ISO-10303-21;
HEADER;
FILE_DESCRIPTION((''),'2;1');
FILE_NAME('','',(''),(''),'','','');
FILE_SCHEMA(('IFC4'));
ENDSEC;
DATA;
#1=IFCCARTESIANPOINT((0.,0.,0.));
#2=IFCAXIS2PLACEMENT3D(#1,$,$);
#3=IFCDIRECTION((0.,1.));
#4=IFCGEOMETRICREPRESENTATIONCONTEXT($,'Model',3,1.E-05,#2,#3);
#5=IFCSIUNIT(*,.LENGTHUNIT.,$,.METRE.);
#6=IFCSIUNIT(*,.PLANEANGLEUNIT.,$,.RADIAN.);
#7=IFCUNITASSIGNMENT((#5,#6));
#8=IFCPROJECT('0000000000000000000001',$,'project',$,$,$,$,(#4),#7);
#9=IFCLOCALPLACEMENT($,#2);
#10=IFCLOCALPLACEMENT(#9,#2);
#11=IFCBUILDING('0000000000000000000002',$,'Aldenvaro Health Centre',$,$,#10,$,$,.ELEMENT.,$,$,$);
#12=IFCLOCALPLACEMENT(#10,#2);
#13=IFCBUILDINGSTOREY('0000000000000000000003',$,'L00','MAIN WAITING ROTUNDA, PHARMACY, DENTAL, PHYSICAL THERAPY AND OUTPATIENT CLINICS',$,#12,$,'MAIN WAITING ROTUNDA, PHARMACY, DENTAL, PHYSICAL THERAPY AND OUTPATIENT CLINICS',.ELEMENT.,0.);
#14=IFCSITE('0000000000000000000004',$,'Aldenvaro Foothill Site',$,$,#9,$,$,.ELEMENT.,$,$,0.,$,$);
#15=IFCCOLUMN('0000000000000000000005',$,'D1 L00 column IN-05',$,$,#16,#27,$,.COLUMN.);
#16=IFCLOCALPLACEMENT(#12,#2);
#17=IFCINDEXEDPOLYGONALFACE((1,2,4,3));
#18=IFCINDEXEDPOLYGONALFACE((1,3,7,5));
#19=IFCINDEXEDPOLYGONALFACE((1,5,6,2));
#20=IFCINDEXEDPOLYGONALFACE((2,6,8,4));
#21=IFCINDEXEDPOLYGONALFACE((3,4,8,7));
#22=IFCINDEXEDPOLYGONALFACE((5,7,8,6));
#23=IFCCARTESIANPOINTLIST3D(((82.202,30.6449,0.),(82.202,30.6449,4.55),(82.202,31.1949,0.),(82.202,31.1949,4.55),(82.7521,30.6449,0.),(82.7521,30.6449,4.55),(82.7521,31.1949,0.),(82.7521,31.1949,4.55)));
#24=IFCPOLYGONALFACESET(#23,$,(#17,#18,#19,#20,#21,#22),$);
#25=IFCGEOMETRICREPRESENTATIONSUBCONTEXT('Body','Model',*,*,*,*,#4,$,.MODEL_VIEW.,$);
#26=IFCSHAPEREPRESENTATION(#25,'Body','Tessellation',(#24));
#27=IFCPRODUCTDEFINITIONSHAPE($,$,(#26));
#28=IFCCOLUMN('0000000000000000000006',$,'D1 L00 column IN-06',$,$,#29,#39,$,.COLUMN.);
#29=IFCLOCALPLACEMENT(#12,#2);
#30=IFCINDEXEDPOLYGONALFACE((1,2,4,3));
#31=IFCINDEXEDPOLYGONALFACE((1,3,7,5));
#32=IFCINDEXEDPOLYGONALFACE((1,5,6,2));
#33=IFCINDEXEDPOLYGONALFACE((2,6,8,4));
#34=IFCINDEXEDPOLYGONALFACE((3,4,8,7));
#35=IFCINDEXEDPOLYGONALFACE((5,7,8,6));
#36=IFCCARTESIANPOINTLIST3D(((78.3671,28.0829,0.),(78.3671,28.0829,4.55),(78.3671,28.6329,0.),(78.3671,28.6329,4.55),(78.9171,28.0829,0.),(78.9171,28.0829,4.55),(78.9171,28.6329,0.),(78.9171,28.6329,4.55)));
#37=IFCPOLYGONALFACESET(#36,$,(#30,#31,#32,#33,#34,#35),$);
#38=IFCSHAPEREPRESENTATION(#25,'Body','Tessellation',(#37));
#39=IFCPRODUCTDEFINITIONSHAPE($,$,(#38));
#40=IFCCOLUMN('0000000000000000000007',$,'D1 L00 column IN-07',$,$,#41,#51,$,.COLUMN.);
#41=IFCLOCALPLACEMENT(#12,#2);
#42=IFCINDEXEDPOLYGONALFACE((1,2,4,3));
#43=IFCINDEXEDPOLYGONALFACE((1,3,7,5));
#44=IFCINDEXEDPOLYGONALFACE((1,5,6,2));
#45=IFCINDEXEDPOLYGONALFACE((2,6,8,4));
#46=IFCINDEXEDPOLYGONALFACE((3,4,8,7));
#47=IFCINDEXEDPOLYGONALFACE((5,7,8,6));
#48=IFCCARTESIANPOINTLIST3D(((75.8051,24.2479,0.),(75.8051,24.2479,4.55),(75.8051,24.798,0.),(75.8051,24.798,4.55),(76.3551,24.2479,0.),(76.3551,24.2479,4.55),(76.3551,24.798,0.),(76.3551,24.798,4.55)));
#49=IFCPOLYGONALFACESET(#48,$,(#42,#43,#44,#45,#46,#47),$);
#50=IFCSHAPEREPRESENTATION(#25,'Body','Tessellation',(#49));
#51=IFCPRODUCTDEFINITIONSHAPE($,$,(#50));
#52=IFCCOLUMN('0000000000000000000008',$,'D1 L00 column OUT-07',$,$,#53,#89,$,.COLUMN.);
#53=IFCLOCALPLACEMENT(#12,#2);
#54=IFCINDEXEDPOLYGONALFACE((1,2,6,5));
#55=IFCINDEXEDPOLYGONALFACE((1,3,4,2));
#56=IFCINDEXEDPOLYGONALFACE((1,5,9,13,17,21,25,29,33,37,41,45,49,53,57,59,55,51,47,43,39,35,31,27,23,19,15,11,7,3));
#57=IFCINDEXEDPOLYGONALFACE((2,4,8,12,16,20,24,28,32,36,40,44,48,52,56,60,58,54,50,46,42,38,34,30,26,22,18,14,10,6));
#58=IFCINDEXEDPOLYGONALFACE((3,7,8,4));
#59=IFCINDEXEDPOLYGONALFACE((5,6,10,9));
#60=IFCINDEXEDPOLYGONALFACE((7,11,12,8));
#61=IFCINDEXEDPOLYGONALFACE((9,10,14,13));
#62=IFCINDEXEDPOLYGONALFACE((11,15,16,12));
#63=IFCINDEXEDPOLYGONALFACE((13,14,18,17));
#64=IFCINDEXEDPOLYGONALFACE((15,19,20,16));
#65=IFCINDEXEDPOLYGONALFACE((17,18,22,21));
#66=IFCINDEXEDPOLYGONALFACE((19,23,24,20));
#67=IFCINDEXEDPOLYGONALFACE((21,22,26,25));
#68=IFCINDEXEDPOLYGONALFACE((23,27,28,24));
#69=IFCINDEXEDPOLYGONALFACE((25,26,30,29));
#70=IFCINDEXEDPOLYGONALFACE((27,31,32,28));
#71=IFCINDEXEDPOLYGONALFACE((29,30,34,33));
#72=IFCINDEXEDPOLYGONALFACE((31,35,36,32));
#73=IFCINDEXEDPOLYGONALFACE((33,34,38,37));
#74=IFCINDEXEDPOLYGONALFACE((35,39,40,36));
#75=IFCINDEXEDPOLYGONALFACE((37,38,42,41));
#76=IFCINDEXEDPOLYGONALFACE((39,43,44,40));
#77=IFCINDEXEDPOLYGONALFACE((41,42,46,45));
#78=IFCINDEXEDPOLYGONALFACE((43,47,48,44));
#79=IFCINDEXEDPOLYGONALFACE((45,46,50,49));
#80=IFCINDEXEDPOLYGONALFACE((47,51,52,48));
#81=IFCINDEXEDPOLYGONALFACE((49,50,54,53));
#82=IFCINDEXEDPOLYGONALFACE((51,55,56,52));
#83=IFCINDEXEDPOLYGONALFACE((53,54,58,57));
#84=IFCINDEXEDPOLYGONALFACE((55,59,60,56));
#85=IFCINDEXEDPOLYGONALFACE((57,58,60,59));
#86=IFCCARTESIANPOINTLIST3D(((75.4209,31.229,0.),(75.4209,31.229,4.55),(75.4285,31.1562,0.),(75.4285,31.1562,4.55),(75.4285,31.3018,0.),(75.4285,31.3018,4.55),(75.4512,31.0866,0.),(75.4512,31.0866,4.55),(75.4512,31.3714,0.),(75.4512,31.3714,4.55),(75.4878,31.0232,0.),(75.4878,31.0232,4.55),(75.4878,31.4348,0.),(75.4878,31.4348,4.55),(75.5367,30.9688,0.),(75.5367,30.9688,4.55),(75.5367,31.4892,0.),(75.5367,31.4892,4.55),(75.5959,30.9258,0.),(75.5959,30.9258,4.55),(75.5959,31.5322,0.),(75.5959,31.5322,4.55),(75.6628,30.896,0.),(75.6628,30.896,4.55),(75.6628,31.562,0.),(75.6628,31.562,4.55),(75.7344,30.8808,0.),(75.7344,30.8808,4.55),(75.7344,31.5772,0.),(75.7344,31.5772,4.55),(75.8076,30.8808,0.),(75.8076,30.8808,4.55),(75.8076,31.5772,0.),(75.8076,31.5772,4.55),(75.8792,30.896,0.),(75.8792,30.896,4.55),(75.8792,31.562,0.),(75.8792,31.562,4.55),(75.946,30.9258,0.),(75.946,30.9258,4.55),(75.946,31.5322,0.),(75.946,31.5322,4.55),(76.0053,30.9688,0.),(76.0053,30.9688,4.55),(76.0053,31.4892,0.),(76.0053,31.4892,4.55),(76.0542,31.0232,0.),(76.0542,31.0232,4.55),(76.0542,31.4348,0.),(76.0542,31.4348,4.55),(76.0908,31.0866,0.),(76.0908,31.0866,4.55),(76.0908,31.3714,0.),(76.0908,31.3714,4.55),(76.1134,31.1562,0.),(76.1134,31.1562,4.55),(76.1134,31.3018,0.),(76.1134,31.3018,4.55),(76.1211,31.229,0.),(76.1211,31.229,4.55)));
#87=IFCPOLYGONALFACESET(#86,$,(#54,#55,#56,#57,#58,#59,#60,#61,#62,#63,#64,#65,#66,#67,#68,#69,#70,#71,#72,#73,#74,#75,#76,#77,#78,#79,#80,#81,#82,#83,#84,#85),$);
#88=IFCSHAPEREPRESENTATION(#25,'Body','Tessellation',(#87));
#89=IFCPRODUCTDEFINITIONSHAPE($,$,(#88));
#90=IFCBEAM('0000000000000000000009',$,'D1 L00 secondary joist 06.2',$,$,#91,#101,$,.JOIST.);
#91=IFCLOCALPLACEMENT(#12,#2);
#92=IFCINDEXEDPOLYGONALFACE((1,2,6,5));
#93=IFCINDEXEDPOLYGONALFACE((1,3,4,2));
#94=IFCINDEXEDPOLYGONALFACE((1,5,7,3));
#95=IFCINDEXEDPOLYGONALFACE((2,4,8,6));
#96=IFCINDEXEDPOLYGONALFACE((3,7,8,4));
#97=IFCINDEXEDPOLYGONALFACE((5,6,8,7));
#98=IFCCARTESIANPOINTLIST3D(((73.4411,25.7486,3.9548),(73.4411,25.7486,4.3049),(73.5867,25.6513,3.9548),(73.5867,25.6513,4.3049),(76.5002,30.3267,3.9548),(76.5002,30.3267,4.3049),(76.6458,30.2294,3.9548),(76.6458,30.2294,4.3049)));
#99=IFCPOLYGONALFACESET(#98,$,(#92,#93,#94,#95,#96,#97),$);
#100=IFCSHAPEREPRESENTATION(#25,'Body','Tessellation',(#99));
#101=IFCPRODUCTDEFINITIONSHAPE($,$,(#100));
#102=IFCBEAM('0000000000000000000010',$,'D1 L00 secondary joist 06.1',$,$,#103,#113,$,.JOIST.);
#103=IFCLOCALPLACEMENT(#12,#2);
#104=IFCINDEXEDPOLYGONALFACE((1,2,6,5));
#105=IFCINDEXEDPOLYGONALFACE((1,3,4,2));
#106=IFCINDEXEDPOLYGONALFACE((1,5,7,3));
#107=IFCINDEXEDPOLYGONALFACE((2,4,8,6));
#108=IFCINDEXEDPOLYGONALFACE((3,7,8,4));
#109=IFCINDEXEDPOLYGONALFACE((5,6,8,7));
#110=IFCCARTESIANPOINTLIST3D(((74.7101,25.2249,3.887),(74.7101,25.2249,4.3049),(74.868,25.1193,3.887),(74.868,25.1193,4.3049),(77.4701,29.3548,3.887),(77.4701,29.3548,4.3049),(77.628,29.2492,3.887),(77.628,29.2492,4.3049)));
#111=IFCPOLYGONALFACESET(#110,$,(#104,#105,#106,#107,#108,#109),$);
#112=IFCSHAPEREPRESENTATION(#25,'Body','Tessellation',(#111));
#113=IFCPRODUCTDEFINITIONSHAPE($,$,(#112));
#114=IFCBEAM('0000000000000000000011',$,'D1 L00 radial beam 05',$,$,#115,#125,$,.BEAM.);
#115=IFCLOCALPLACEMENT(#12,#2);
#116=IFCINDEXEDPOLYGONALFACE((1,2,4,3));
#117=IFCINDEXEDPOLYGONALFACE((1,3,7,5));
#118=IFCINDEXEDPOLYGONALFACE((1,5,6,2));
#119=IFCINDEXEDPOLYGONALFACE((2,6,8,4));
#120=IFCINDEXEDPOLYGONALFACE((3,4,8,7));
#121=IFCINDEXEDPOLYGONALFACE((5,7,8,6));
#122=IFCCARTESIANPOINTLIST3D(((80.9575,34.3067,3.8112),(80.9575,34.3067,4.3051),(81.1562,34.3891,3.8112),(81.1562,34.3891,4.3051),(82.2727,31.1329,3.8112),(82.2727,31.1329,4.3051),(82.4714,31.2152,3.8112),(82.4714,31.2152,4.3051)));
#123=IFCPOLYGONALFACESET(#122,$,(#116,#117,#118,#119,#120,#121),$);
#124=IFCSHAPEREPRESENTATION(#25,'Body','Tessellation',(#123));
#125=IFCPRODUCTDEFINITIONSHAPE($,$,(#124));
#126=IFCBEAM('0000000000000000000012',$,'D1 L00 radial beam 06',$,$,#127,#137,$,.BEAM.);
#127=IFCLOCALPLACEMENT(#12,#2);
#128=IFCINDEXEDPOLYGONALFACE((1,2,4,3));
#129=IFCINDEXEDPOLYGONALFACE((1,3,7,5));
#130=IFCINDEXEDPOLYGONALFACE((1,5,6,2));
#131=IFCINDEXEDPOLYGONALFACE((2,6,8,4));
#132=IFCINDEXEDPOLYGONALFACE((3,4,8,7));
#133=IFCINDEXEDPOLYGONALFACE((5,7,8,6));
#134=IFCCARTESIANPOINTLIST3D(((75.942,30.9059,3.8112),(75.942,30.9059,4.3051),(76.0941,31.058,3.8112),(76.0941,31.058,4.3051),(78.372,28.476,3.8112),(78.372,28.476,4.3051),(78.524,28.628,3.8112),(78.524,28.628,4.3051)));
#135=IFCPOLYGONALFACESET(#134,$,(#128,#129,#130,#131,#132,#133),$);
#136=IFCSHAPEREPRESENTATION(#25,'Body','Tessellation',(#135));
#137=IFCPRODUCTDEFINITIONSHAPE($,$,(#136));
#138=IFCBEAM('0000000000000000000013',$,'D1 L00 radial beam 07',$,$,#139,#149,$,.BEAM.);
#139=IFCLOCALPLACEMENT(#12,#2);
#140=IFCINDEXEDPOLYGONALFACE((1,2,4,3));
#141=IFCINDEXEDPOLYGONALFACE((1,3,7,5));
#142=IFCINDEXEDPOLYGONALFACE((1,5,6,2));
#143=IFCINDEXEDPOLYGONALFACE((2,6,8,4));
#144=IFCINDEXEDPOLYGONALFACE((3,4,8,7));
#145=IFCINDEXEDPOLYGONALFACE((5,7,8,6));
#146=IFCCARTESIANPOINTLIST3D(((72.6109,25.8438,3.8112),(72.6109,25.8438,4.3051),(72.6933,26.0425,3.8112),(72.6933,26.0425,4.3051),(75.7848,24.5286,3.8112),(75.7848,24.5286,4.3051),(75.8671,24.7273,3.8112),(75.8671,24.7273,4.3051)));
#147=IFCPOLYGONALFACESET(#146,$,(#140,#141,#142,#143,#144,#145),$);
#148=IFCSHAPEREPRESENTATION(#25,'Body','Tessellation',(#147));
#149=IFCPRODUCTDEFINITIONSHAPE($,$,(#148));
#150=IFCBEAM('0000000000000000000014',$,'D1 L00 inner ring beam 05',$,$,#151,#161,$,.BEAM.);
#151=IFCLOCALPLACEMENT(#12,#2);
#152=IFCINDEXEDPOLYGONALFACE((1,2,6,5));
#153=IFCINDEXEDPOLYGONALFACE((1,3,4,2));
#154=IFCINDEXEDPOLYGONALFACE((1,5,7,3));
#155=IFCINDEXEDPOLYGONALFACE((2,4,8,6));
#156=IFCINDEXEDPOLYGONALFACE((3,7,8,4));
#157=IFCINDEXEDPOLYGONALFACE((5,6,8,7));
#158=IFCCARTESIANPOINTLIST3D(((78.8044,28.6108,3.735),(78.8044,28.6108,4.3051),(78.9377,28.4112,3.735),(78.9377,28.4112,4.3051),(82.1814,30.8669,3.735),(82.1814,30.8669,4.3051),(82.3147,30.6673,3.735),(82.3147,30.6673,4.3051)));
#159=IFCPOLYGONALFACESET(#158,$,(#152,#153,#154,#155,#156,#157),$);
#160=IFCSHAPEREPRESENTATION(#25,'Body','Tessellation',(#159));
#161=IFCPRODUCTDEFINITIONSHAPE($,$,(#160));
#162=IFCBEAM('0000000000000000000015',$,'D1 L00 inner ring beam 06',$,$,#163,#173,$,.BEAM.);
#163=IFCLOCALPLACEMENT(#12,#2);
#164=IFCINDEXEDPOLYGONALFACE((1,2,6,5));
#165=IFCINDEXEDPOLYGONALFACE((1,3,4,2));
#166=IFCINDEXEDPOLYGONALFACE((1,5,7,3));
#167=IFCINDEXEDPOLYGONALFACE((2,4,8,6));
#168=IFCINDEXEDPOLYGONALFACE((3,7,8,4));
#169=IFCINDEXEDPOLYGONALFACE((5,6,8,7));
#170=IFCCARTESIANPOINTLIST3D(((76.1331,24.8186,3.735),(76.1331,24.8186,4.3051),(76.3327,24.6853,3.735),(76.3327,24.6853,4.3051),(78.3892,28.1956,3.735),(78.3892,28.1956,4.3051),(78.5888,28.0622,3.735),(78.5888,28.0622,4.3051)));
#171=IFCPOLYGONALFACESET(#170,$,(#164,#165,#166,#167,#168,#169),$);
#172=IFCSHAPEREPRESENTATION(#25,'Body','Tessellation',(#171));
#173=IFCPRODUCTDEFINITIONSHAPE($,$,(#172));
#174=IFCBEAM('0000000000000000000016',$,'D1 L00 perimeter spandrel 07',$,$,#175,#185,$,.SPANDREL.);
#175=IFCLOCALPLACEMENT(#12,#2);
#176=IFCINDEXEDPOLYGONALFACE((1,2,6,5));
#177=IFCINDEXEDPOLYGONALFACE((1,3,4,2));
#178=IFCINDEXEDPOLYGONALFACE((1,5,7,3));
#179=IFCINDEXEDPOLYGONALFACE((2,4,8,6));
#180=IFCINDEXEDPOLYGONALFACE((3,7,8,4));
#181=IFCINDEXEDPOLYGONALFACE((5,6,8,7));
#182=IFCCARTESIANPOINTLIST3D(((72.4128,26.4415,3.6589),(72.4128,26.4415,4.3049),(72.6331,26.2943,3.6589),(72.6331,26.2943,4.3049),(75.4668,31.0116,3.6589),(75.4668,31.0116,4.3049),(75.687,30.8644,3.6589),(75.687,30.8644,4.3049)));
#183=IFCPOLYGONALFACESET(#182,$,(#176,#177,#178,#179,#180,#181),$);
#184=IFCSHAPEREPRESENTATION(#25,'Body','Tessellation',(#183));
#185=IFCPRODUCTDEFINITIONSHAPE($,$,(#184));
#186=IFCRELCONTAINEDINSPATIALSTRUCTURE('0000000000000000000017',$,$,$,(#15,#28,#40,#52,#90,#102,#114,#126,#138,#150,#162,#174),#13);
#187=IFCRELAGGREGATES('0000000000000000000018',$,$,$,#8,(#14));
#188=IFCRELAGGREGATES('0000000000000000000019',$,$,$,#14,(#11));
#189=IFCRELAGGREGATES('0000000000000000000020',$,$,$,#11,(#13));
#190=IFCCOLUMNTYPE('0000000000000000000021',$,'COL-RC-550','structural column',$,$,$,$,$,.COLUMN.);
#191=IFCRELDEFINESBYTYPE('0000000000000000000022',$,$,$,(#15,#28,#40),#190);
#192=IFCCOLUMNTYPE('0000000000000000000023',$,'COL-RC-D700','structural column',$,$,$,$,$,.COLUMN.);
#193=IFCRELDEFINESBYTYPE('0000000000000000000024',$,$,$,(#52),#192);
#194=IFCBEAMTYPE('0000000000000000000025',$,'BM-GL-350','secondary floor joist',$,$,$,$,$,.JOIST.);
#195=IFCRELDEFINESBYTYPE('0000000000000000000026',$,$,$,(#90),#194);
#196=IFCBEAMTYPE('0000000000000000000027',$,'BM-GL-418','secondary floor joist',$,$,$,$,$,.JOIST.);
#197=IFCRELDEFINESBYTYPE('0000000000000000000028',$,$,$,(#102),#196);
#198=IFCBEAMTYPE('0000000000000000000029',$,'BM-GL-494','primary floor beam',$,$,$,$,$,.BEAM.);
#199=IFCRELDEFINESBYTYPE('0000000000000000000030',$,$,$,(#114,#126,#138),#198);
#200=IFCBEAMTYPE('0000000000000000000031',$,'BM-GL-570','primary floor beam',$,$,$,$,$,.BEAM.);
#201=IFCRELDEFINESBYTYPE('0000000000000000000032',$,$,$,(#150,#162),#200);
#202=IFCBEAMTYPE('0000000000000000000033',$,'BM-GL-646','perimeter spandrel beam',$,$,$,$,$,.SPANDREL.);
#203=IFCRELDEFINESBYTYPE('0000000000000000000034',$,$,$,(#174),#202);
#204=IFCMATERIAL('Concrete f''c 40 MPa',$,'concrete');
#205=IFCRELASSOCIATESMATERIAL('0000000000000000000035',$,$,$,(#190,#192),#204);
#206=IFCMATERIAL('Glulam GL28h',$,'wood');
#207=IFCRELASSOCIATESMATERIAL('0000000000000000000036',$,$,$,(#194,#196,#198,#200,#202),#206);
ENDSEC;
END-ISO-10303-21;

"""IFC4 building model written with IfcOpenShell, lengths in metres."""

from ifc_helpers import new_model, si_unit, direction, frame, origin, origin_2d, place, context, subcontext, project, spatial, rectangle, circle, extrude, material, material_profile, profile_set, type_object, element, save


model = new_model("IFC4")

# Units and contexts
model_context = context("Model", 3, precision=1e-05, world=origin(), true_north=direction((0.0, 1.0)))
body_context = subcontext(model_context, "Body", "Model", "MODEL_VIEW")
ifc_project = project(units=[si_unit("LENGTHUNIT", "METRE"), si_unit("PLANEANGLEUNIT", "RADIAN")], contexts=[model_context])

# Site, building, storey
site_placement = place(None, origin())
site = spatial("IfcSite", under=ifc_project, at=site_placement, Name="Aldenvaro Foothill Site", CompositionType="ELEMENT", RefElevation=0.0)
building_placement = place(site_placement, origin())
building = spatial("IfcBuilding", under=site, at=building_placement, Name="Aldenvaro Health Centre", CompositionType="ELEMENT")
storey_placement = place(building_placement, origin())
storey = spatial("IfcBuildingStorey", under=building, at=storey_placement, Name="L00", Description="MAIN WAITING ROTUNDA, PHARMACY, DENTAL, PHYSICAL THERAPY AND OUTPATIENT CLINICS", LongName="MAIN WAITING ROTUNDA, PHARMACY, DENTAL, PHYSICAL THERAPY AND OUTPATIENT CLINICS", CompositionType="ELEMENT", Elevation=0.0)

# Columns
ifc_material_1 = material(Name="Concrete f'c 40 MPa", Category="concrete")
ifc_material_profile_1 = material_profile(ifc_material_1, rectangle(XDim=0.55, YDim=0.55, at=origin_2d()), Name="RC 550x550", Category="concrete")
ifc_profile_set_1 = profile_set([ifc_material_profile_1], Name="Concrete f'c 40 MPa")
column_type_1 = type_object("IfcColumnType", Name="COL-RC-550", Description="structural column", PredefinedType="COLUMN", material=ifc_profile_set_1)
for number, where, z_axis, x_axis, name in (
    (1, (82.4771, 30.9199, 0.0), (0.0, 0.0, 1.0), (1.0, 0.0, 0.0), "D1 L00 column IN-05"),
    (2, (78.6421, 28.3579, 0.0), (0.0, 0.0, 1.0), (1.0, 0.0, 0.0), "D1 L00 column IN-06"),
    (3, (76.0801, 24.5229, 0.0), (0.0, 0.0, 1.0), (1.0, 0.0, 0.0), "D1 L00 column IN-07"),
):
    element("IfcColumn", number, at=place(storey_placement, frame(where, z_axis=z_axis, x_axis=x_axis)), inside=storey, type_object=column_type_1, Name=name, PredefinedType="COLUMN", context=body_context, shape_type="SweptSolid", body=[
        extrude(rectangle(XDim=0.55, YDim=0.55, at=origin_2d()), origin(), (0.0, 0.0, 1.0), 4.55),
    ])
ifc_material_profile_2 = material_profile(ifc_material_1, circle(Radius=0.3501, at=origin_2d()), Name="RC D700", Category="concrete")
ifc_profile_set_2 = profile_set([ifc_material_profile_2], Name="Concrete f'c 40 MPa")
column_type_2 = type_object("IfcColumnType", Name="COL-RC-D700", Description="structural column", PredefinedType="COLUMN", material=ifc_profile_set_2)
column_placement = place(storey_placement, frame((75.771, 31.229, 0.0), z_axis=(0.0, 0.0, 1.0), x_axis=(1.0, 0.0, 0.0)))
element("IfcColumn", 4, at=column_placement, inside=storey, type_object=column_type_2, Name="D1 L00 column OUT-07", PredefinedType="COLUMN", context=body_context, shape_type="SweptSolid", body=[
    extrude(circle(Radius=0.3501, at=origin_2d()), origin(), (0.0, 0.0, 1.0), 4.55),
])

# Beams
ifc_material_2 = material(Name="Glulam GL28h", Category="wood")
ifc_material_profile_3 = material_profile(ifc_material_2, rectangle(XDim=0.175, YDim=0.3501, at=origin_2d()), Name="GL 175x350", Category="wood")
ifc_profile_set_3 = profile_set([ifc_material_profile_3], Name="Glulam GL28h")
beam_type_1 = type_object("IfcBeamType", Name="BM-GL-350", Description="secondary floor joist", PredefinedType="JOIST", material=ifc_profile_set_3)
beam_1_placement = place(storey_placement, frame((76.573, 30.2781, 4.1299), z_axis=(-0.55558, -0.831463, 0.0), x_axis=(0.831463, -0.55558, 0.0)))
element("IfcBeam", 5, at=beam_1_placement, inside=storey, type_object=beam_type_1, Name="D1 L00 secondary joist 06.2", PredefinedType="JOIST", context=body_context, shape_type="SweptSolid", body=[
    extrude(rectangle(XDim=0.175, YDim=0.3501, at=origin_2d()), origin(), (0.0, 0.0, 1.0), 5.5061),
])
ifc_material_profile_4 = material_profile(ifc_material_2, rectangle(XDim=0.1899, YDim=0.418, at=origin_2d()), Name="GL 190x418", Category="wood")
ifc_profile_set_4 = profile_set([ifc_material_profile_4], Name="Glulam GL28h")
beam_type_2 = type_object("IfcBeamType", Name="BM-GL-418", Description="secondary floor joist", PredefinedType="JOIST", material=ifc_profile_set_4)
beam_2_placement = place(storey_placement, frame((77.5491, 29.302, 4.0959), z_axis=(-0.555641, -0.831422, 0.0), x_axis=(0.831422, -0.555641, 0.0)))
element("IfcBeam", 6, at=beam_2_placement, inside=storey, type_object=beam_type_2, Name="D1 L00 secondary joist 06.1", PredefinedType="JOIST", context=body_context, shape_type="SweptSolid", body=[
    extrude(rectangle(XDim=0.1899, YDim=0.418, at=origin_2d()), origin(), (0.0, 0.0, 1.0), 4.9673),
])
ifc_material_profile_5 = material_profile(ifc_material_2, rectangle(XDim=0.2151, YDim=0.4939, at=origin_2d()), Name="GL 215x494", Category="wood")
ifc_profile_set_5 = profile_set([ifc_material_profile_5], Name="Glulam GL28h")
beam_type_3 = type_object("IfcBeamType", Name="BM-GL-494", Description="primary floor beam", PredefinedType="BEAM", material=ifc_profile_set_5)
beam_3_placement = place(storey_placement, frame((82.3721, 31.1741, 4.0581), z_axis=(-0.382818, 0.923824, 0.0), x_axis=(-0.923824, -0.382818, 0.0)))
element("IfcBeam", 7, at=beam_3_placement, inside=storey, type_object=beam_type_3, Name="D1 L00 radial beam 05", PredefinedType="BEAM", context=body_context, shape_type="SweptSolid", body=[
    extrude(rectangle(XDim=0.2151, YDim=0.4939, at=origin_2d()), origin(), (0.0, 0.0, 1.0), 3.4355),
])
beam_4_placement = place(storey_placement, frame((78.448, 28.552, 4.0581), z_axis=(-0.707107, 0.707107, 0.0), x_axis=(-0.707107, -0.707107, 0.0)))
element("IfcBeam", 8, at=beam_4_placement, inside=storey, type_object=beam_type_3, Name="D1 L00 radial beam 06", PredefinedType="BEAM", context=body_context, shape_type="SweptSolid", body=[
    extrude(rectangle(XDim=0.2151, YDim=0.4939, at=origin_2d()), origin(), (0.0, 0.0, 1.0), 3.4365),
])
beam_5_placement = place(storey_placement, frame((75.8259, 24.6279, 4.0581), z_axis=(-0.923824, 0.382818, 0.0), x_axis=(-0.382818, -0.923824, 0.0)))
element("IfcBeam", 9, at=beam_5_placement, inside=storey, type_object=beam_type_3, Name="D1 L00 radial beam 07", PredefinedType="BEAM", context=body_context, shape_type="SweptSolid", body=[
    extrude(rectangle(XDim=0.2151, YDim=0.4939, at=origin_2d()), origin(), (0.0, 0.0, 1.0), 3.4355),
])
ifc_material_profile_6 = material_profile(ifc_material_2, rectangle(XDim=0.24, YDim=0.5701, at=origin_2d()), Name="GL 240x570", Category="wood")
ifc_profile_set_6 = profile_set([ifc_material_profile_6], Name="Glulam GL28h")
beam_type_4 = type_object("IfcBeamType", Name="BM-GL-570", Description="primary floor beam", PredefinedType="BEAM", material=ifc_profile_set_6)
for number, where, z_axis, x_axis, name in (
    (10, (82.248, 30.7671, 4.02), (-0.831504, -0.555518, 0.0), (0.555518, -0.831504, 0.0), "D1 L00 inner ring beam 05"),
    (11, (78.489, 28.1289, 4.02), (-0.555518, -0.831504, 0.0), (0.831504, -0.555518, 0.0), "D1 L00 inner ring beam 06"),
):
    element("IfcBeam", number, at=place(storey_placement, frame(where, z_axis=z_axis, x_axis=x_axis)), inside=storey, type_object=beam_type_4, Name=name, PredefinedType="BEAM", context=body_context, shape_type="SweptSolid", body=[
        extrude(rectangle(XDim=0.24, YDim=0.5701, at=origin_2d()), origin(), (0.0, 0.0, 1.0), 4.0613),
    ])
ifc_material_profile_7 = material_profile(ifc_material_2, rectangle(XDim=0.2649, YDim=0.646, at=origin_2d()), Name="GL 265x646", Category="wood")
ifc_profile_set_7 = profile_set([ifc_material_profile_7], Name="Glulam GL28h")
beam_type_5 = type_object("IfcBeamType", Name="BM-GL-646", Description="perimeter spandrel beam", PredefinedType="SPANDREL", material=ifc_profile_set_7)
beam_6_placement = place(storey_placement, frame((75.5769, 30.938, 3.9819), z_axis=(-0.555612, -0.831442, 0.0), x_axis=(0.831442, -0.555612, 0.0)))
element("IfcBeam", 12, at=beam_6_placement, inside=storey, type_object=beam_type_5, Name="D1 L00 perimeter spandrel 07", PredefinedType="SPANDREL", context=body_context, shape_type="SweptSolid", body=[
    extrude(rectangle(XDim=0.2649, YDim=0.646, at=origin_2d()), origin(), (0.0, 0.0, 1.0), 5.4966),
])

save(model, "model.ifc")
